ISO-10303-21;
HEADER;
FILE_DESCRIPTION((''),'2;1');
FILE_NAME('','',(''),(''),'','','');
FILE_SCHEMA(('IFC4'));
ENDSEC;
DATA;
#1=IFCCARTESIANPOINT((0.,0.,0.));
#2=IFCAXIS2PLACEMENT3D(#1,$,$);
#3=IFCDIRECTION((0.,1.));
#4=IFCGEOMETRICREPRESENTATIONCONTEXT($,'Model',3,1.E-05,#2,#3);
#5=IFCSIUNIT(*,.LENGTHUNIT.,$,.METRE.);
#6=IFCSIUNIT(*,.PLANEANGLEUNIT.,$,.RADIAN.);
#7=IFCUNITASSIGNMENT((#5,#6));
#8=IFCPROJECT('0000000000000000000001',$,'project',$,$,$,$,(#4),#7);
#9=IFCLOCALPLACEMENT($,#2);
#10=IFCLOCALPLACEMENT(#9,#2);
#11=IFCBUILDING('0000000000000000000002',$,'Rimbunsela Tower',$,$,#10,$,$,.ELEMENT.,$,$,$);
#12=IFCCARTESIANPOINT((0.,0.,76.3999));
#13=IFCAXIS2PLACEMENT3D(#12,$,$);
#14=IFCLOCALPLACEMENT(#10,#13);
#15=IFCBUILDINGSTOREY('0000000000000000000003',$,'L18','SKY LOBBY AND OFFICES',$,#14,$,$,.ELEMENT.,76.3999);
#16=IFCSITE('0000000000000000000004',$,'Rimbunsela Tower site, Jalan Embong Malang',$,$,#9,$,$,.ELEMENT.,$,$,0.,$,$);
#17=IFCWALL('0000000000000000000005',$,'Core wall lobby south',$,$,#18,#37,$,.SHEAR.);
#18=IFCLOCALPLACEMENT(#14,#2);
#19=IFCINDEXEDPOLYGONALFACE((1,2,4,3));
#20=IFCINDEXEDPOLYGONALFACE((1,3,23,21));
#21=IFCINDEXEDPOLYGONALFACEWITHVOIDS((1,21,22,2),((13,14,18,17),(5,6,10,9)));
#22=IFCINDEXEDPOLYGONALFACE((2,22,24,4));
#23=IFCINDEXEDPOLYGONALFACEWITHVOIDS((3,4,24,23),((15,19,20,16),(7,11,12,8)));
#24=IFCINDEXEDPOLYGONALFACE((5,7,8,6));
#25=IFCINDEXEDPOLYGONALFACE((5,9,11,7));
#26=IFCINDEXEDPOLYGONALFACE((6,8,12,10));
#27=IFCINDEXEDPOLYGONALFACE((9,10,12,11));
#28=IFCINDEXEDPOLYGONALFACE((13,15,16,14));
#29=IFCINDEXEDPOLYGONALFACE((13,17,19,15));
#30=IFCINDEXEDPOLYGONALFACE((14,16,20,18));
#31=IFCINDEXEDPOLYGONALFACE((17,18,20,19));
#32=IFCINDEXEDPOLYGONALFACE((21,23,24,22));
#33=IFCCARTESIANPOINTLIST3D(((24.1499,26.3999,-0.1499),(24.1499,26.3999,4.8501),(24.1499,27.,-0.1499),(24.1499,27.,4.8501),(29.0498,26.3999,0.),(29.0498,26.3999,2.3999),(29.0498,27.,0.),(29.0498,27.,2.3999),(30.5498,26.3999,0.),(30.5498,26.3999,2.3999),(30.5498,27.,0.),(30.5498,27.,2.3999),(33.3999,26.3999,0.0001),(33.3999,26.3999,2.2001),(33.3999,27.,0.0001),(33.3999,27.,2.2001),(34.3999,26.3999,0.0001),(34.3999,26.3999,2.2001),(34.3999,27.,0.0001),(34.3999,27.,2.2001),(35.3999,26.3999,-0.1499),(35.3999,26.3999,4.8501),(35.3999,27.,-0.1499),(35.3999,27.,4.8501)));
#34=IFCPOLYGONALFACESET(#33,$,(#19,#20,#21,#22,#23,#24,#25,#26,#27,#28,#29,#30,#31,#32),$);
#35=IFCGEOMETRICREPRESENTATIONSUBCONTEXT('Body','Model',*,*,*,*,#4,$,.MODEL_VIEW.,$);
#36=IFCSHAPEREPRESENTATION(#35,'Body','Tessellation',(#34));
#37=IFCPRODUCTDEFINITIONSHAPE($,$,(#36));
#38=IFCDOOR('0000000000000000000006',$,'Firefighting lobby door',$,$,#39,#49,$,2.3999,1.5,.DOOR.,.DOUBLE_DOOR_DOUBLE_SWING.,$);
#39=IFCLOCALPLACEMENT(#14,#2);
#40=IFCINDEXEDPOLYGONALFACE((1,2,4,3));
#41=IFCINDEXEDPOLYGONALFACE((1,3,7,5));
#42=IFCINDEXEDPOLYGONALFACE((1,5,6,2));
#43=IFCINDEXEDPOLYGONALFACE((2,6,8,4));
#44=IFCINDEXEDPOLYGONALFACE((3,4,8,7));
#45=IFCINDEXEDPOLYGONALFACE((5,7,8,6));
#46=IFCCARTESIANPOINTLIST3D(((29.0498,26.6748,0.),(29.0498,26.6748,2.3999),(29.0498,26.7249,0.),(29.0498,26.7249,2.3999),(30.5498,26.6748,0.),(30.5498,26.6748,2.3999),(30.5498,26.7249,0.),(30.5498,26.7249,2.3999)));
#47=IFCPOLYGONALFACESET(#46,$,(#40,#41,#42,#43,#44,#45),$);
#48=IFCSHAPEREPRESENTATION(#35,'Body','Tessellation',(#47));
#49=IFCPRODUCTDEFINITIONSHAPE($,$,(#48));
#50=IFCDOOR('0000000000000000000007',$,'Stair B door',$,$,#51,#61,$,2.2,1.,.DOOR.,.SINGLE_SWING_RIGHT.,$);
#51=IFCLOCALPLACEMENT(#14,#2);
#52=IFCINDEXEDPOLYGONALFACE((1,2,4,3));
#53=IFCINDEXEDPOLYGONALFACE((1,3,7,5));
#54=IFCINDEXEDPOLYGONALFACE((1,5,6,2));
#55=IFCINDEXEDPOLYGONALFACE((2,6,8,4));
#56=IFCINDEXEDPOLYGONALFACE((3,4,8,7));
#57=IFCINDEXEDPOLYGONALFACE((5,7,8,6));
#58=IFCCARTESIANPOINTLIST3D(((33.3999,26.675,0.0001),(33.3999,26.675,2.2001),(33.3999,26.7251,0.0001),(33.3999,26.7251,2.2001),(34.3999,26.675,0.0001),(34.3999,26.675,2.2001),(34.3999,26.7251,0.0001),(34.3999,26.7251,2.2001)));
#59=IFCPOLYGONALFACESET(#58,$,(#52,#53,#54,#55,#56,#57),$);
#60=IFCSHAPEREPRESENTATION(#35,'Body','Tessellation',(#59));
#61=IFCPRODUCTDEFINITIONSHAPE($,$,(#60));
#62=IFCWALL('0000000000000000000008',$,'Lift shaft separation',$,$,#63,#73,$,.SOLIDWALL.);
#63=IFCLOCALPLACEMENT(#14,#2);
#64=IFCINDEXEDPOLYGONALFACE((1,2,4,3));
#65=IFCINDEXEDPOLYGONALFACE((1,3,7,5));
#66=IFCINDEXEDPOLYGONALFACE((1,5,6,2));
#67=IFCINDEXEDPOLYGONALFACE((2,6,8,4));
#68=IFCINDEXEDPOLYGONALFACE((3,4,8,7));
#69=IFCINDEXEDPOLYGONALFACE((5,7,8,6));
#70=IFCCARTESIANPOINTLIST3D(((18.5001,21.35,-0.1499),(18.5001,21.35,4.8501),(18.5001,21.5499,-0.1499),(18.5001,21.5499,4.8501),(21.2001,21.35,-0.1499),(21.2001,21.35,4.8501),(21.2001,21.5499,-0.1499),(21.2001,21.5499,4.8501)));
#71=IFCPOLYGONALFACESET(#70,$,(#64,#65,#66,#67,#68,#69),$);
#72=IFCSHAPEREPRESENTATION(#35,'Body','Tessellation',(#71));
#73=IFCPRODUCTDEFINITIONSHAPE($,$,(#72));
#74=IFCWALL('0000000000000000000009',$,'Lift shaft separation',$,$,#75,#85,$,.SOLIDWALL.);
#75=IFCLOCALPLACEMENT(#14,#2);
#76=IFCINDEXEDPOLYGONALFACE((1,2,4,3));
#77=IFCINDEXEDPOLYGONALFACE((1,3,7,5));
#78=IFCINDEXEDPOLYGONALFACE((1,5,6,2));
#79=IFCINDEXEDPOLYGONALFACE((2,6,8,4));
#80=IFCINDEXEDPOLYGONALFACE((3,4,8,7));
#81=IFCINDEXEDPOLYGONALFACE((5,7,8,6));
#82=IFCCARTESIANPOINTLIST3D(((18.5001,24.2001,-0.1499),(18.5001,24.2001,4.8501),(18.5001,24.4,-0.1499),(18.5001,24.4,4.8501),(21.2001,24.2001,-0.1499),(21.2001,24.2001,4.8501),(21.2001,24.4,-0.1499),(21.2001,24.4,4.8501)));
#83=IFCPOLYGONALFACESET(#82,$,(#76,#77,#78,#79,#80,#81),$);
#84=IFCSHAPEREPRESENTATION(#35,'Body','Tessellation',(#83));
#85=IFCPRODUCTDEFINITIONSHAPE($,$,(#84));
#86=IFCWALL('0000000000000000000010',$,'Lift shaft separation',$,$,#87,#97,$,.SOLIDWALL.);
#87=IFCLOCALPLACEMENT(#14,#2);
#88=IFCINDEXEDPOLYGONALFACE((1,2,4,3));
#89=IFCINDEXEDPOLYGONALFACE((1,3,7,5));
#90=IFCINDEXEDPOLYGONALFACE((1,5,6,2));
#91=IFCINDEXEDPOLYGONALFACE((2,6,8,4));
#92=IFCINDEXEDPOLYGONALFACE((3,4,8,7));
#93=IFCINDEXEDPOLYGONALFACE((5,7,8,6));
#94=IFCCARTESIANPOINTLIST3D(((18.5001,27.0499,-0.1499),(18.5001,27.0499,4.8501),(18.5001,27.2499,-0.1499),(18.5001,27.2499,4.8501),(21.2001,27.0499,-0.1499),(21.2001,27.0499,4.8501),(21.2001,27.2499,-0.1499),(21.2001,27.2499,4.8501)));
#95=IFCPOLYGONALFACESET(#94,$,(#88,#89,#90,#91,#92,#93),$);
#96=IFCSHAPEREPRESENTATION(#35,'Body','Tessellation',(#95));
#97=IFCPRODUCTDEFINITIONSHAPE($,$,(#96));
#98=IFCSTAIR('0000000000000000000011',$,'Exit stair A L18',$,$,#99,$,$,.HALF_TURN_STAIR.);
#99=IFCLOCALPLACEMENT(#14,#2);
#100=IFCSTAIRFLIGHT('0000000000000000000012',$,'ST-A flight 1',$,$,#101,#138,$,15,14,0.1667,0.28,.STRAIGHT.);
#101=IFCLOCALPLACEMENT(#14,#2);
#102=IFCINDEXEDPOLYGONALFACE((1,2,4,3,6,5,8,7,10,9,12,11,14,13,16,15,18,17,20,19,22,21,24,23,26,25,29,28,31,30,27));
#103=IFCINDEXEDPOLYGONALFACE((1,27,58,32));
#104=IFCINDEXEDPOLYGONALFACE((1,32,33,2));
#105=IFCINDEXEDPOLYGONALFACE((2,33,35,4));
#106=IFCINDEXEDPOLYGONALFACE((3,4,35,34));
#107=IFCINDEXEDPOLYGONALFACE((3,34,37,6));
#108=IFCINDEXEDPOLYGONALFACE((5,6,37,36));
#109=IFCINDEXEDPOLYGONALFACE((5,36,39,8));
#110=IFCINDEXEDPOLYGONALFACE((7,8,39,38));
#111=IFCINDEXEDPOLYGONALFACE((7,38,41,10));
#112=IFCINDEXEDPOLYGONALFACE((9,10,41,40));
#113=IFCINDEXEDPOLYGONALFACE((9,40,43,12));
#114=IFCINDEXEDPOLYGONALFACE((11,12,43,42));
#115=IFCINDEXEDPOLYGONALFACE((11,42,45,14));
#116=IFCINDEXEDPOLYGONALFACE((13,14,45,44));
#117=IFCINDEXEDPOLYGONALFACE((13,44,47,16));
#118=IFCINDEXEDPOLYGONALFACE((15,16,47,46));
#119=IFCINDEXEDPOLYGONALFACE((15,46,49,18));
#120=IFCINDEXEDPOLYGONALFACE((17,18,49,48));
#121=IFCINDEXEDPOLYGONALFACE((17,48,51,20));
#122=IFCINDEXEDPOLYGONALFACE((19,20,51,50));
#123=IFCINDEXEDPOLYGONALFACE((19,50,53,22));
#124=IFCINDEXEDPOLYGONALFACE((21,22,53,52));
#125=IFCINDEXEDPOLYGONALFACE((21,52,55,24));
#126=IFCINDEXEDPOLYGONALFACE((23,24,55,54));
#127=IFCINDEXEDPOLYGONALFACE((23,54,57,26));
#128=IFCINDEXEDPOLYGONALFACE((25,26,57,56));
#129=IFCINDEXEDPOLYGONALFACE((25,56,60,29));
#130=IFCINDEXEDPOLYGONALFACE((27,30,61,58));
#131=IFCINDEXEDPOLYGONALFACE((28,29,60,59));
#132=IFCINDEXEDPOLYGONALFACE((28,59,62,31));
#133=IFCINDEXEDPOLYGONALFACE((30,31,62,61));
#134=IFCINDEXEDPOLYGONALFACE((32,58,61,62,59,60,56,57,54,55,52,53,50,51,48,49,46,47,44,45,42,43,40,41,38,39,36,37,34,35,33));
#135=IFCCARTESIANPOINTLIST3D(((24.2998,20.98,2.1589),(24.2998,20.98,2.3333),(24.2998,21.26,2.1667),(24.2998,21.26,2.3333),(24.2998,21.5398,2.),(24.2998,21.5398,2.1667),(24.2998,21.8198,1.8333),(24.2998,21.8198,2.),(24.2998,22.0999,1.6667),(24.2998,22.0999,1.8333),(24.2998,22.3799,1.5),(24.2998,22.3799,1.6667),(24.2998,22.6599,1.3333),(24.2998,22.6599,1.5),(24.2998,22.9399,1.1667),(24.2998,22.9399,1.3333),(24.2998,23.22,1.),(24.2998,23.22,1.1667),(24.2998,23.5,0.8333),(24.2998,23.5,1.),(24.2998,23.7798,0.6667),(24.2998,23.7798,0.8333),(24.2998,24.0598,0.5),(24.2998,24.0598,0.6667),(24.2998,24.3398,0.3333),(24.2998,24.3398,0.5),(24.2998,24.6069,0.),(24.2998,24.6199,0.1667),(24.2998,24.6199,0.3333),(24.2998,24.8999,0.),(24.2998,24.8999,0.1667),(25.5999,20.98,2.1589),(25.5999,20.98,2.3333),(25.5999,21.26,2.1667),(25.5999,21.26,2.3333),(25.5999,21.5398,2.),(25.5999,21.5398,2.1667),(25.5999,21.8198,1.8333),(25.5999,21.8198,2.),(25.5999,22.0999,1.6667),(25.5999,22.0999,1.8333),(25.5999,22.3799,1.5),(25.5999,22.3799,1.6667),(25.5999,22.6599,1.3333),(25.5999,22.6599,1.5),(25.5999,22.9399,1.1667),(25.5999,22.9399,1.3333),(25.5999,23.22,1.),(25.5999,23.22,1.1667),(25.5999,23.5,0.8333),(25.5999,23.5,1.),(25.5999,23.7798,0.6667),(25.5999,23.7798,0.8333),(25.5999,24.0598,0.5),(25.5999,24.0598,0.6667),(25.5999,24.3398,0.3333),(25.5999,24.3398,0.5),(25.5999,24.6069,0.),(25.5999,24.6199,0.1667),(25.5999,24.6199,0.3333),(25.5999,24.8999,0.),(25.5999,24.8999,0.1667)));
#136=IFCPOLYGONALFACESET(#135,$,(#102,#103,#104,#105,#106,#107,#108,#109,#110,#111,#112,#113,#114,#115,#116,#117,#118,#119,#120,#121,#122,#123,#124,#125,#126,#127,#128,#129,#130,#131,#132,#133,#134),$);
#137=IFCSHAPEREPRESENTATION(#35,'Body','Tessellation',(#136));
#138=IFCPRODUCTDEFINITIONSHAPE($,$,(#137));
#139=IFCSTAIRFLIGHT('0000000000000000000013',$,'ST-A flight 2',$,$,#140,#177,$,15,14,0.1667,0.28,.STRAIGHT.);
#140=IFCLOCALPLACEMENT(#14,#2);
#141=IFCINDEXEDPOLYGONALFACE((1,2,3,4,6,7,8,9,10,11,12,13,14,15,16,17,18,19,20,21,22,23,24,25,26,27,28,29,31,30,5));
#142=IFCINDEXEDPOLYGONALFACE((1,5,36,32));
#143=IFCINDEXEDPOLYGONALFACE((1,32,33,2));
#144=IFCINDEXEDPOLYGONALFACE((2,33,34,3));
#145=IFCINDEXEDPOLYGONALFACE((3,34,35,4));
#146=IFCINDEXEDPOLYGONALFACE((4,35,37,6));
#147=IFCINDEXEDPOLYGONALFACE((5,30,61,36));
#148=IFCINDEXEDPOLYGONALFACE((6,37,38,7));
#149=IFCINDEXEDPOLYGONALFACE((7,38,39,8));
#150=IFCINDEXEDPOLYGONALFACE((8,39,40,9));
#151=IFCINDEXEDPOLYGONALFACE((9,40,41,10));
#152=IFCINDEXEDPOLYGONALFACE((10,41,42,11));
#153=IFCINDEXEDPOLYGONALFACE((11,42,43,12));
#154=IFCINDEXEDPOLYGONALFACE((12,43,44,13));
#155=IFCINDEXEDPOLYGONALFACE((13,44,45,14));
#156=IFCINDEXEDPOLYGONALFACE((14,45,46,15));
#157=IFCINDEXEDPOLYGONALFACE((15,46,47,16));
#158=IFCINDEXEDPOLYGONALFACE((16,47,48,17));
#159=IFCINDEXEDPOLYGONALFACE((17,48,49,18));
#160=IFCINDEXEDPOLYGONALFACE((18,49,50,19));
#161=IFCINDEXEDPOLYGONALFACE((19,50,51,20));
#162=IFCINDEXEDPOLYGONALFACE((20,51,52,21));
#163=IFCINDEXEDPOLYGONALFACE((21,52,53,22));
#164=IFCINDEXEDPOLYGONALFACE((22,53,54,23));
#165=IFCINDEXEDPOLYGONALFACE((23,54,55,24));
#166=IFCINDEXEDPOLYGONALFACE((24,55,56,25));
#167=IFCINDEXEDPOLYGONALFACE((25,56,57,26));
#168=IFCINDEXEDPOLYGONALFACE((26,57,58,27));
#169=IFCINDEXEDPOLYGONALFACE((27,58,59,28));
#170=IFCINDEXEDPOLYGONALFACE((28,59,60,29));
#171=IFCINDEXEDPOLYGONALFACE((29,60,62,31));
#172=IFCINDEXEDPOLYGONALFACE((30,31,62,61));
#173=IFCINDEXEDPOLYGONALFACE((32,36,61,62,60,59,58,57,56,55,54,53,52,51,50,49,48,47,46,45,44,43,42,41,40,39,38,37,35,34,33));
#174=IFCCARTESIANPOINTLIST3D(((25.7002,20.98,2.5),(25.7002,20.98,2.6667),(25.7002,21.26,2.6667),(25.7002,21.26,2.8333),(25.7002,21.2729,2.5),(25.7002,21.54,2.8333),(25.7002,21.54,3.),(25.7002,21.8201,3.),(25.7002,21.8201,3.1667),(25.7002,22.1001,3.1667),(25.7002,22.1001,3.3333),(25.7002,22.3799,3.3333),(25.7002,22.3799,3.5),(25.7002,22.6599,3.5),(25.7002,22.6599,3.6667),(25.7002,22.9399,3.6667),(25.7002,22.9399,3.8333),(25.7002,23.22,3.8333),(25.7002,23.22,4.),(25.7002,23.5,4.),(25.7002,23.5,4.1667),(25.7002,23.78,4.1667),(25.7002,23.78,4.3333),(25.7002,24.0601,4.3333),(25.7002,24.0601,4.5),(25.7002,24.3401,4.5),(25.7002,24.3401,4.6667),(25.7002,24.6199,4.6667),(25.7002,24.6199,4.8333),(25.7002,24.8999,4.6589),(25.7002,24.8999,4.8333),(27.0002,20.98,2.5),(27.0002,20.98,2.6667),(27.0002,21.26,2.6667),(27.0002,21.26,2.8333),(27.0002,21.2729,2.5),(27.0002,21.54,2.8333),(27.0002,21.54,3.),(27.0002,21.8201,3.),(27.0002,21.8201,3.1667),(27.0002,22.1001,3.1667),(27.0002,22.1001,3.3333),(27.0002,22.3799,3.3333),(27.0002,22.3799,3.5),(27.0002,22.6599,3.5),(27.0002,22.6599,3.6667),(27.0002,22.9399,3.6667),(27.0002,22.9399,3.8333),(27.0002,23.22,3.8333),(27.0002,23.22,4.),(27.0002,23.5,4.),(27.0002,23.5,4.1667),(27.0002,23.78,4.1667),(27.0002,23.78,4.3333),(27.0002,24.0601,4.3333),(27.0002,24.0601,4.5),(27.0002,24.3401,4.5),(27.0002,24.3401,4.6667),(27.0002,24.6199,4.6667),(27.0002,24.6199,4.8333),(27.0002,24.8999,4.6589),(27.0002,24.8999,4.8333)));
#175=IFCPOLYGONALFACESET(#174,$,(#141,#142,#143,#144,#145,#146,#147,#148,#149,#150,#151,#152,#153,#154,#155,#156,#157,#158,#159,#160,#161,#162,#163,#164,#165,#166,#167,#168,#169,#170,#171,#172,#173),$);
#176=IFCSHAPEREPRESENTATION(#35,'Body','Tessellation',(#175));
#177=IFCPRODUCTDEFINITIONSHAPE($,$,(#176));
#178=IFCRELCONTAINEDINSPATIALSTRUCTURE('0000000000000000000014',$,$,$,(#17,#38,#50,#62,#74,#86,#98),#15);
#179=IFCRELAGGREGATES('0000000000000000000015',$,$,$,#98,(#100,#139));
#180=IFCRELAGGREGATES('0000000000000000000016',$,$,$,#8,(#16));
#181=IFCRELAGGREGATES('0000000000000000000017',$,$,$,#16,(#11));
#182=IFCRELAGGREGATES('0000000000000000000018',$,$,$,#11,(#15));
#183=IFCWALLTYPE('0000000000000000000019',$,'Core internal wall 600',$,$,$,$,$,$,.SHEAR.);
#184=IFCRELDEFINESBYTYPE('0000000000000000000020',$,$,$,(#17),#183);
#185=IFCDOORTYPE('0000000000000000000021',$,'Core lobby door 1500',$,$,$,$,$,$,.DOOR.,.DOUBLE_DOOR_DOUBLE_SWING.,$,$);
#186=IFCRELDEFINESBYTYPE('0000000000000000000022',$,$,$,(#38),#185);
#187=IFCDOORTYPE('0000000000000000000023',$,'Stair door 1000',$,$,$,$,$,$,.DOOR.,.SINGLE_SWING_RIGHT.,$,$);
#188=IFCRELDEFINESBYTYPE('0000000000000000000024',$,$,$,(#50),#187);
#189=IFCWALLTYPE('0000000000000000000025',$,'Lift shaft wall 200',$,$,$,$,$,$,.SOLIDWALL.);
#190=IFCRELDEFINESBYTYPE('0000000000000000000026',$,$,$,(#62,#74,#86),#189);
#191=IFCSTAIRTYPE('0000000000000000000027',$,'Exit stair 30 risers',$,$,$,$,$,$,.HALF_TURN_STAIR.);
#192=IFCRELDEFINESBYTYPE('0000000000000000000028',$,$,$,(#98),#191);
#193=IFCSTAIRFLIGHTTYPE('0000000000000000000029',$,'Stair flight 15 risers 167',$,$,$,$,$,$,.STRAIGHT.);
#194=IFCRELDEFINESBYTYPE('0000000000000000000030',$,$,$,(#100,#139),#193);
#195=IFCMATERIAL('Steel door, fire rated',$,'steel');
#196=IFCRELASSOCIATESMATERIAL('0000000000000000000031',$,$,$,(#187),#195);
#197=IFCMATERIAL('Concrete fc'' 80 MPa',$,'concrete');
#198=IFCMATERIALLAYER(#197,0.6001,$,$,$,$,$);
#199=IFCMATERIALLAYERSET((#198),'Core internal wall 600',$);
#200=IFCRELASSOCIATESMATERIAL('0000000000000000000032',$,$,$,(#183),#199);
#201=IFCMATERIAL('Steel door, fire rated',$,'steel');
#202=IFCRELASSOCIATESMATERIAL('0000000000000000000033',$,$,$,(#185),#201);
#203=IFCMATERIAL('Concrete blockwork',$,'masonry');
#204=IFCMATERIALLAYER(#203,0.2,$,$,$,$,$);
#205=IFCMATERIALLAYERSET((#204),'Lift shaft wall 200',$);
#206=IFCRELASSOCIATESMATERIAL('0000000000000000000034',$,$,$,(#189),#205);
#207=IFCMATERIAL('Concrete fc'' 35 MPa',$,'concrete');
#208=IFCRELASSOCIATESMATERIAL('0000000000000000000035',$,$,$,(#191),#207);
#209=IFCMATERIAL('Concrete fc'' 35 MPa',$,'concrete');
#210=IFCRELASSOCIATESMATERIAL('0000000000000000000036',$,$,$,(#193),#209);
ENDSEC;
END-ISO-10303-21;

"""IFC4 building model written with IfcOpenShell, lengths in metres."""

from ifc_helpers import new_model, si_unit, direction, frame, frame_2d, origin, place, context, subcontext, project, spatial, polyline, rectangle, outline, extrude, material, layer, layer_set, type_object, element, fill, aggregate, save


model = new_model("IFC4")

# Units and contexts
model_context = context("Model", 3, precision=1e-05, world=origin(), true_north=direction((0.0, 1.0)))
body_context = subcontext(model_context, "Body", "Model", "MODEL_VIEW")
ifc_project = project(units=[si_unit("LENGTHUNIT", "METRE"), si_unit("PLANEANGLEUNIT", "RADIAN")], contexts=[model_context])

# Site, building, storey
site_placement = place(None, origin())
site = spatial("IfcSite", under=ifc_project, at=site_placement, Name="Rimbunsela Tower site, Jalan Embong Malang", CompositionType="ELEMENT", RefElevation=0.0)
building_placement = place(site_placement, origin())
building = spatial("IfcBuilding", under=site, at=building_placement, Name="Rimbunsela Tower", CompositionType="ELEMENT")
storey_placement = place(building_placement, frame((0.0, 0.0, 76.3999)))
storey = spatial("IfcBuildingStorey", under=building, at=storey_placement, Name="L18", Description="SKY LOBBY AND OFFICES", CompositionType="ELEMENT", Elevation=76.3999)

# Shared definitions
ifc_material_1 = material(Name="Steel door, fire rated", Category="steel")
door_type_1 = type_object("IfcDoorType", Name="Stair door 1000", OperationType="SINGLE_SWING_RIGHT", PredefinedType="DOOR", material=ifc_material_1)

# Wall, openings, doors
ifc_material_2 = material(Name="Concrete fc' 80 MPa", Category="concrete")
ifc_layer_1 = layer(ifc_material_2, 0.6001)
ifc_layer_set_1 = layer_set([ifc_layer_1], Name="Core internal wall 600")
wall_type_1 = type_object("IfcWallType", Name="Core internal wall 600", PredefinedType="SHEAR", material=ifc_layer_set_1)
wall_1_placement = place(storey_placement, frame((24.1499, 26.7, -0.1499), z_axis=(0.0, 0.0, 1.0), x_axis=(1.0, 0.0, 0.0)))
wall_1 = element("IfcWall", 1, at=wall_1_placement, inside=storey, type_object=wall_type_1, Name="Core wall lobby south", PredefinedType="SHEAR", context=body_context, shape_type="SweptSolid", body=[
    extrude(rectangle(XDim=11.25, YDim=0.6001, at=frame_2d((5.625, 0.0))), origin(), (0.0, 0.0, 1.0), 5.0),
])
opening_1_placement = place(wall_1_placement, frame((9.25, 0.0, 0.1499)))
opening_1 = element("IfcOpeningElement", 2, at=opening_1_placement, cuts=wall_1, PredefinedType="OPENING", context=body_context, shape_type="SweptSolid", body=[
    extrude(rectangle(XDim=1.0, YDim=2.2, at=frame_2d((0.5, 1.1001))), frame((0.0, 0.3101, 0.0), z_axis=(0.0, -1.0, 0.0), x_axis=(1.0, 0.0, 0.0)), (0.0, 0.0, 1.0), 0.6201),
])
opening_2_placement = place(wall_1_placement, frame((4.8999, 0.0, 0.1499)))
opening_2 = element("IfcOpeningElement", 3, at=opening_2_placement, cuts=wall_1, PredefinedType="OPENING", context=body_context, shape_type="SweptSolid", body=[
    extrude(rectangle(XDim=1.5, YDim=2.3999, at=frame_2d((0.75, 1.2))), frame((0.0, 0.3101, 0.0), z_axis=(0.0, -1.0, 0.0), x_axis=(1.0, 0.0, 0.0)), (0.0, 0.0, 1.0), 0.6201),
])
ifc_material_3 = material(Name="Steel door, fire rated", Category="steel")
door_type_2 = type_object("IfcDoorType", Name="Core lobby door 1500", OperationType="DOUBLE_DOOR_DOUBLE_SWING", PredefinedType="DOOR", material=ifc_material_3)
door_1_placement = place(opening_2_placement, origin())
door_1 = element("IfcDoor", 4, at=door_1_placement, inside=storey, type_object=door_type_2, Name="Firefighting lobby door", OperationType="DOUBLE_DOOR_DOUBLE_SWING", OverallHeight=2.3999, OverallWidth=1.5, PredefinedType="DOOR", context=body_context, shape_type="SweptSolid", body=[
    extrude(rectangle(XDim=1.5, YDim=2.3999, at=frame_2d((0.75, 1.2))), frame((0.0, 0.0249, 0.0), z_axis=(0.0, -1.0, 0.0), x_axis=(1.0, 0.0, 0.0)), (0.0, 0.0, 1.0), 0.05),
])
fill(opening_2, door_1)
door_2_placement = place(opening_1_placement, frame((1.0, 0.0, 0.0), z_axis=(0.0, 0.0, 1.0), x_axis=(-1.0, 0.0, 0.0)))
door_2 = element("IfcDoor", 5, at=door_2_placement, inside=storey, type_object=door_type_1, Name="Stair B door", OperationType="SINGLE_SWING_RIGHT", OverallHeight=2.2, OverallWidth=1.0, PredefinedType="DOOR", context=body_context, shape_type="SweptSolid", body=[
    extrude(rectangle(XDim=1.0, YDim=2.2, at=frame_2d((0.5, 1.1001))), frame((0.0, 0.0249, 0.0), z_axis=(0.0, -1.0, 0.0), x_axis=(1.0, 0.0, 0.0)), (0.0, 0.0, 1.0), 0.05),
])
fill(opening_1, door_2)

# Walls
ifc_material_4 = material(Name="Concrete blockwork", Category="masonry")
ifc_layer_2 = layer(ifc_material_4, 0.2)
ifc_layer_set_2 = layer_set([ifc_layer_2], Name="Lift shaft wall 200")
wall_type_2 = type_object("IfcWallType", Name="Lift shaft wall 200", PredefinedType="SOLIDWALL", material=ifc_layer_set_2)
for number, where, z_axis, x_axis, name in (
    (6, (18.5, 21.45, -0.1499), (0.0, 0.0, 1.0), (1.0, 0.0, 0.0), "Lift shaft separation"),
    (7, (18.5, 24.3, -0.1499), (0.0, 0.0, 1.0), (1.0, 0.0, 0.0), "Lift shaft separation"),
    (8, (18.5, 27.1499, -0.1499), (0.0, 0.0, 1.0), (1.0, 0.0, 0.0), "Lift shaft separation"),
):
    element("IfcWall", number, at=place(storey_placement, frame(where, z_axis=z_axis, x_axis=x_axis)), inside=storey, type_object=wall_type_2, Name=name, PredefinedType="SOLIDWALL", context=body_context, shape_type="SweptSolid", body=[
        extrude(rectangle(XDim=2.7, YDim=0.2, at=frame_2d((1.3501, 0.0))), origin(), (0.0, 0.0, 1.0), 5.0),
    ])

# Stair, stair flights
ifc_material_5 = material(Name="Concrete fc' 35 MPa", Category="concrete")
stair_type = type_object("IfcStairType", Name="Exit stair 30 risers", PredefinedType="HALF_TURN_STAIR", material=ifc_material_5)
stair_placement = place(storey_placement, origin())
stair = element("IfcStair", 9, at=stair_placement, inside=storey, type_object=stair_type, Name="Exit stair A L18", PredefinedType="HALF_TURN_STAIR")
ifc_material_6 = material(Name="Concrete fc' 35 MPa", Category="concrete")
stair_flight_type = type_object("IfcStairFlightType", Name="Stair flight 15 risers 167", PredefinedType="STRAIGHT", material=ifc_material_6)
stair_flight_1_placement = place(storey_placement, frame((24.95, 24.8999, 0.0), z_axis=(0.0, 0.0, 1.0), x_axis=(0.0, -1.0, 0.0)))
stair_flight_1 = element("IfcStairFlight", 10, at=stair_flight_1_placement, type_object=stair_flight_type, Name="ST-A flight 1", NumberOfRisers=15, NumberOfTreads=14, PredefinedType="STRAIGHT", RiserHeight=0.1667, TreadLength=0.28, context=body_context, shape_type="SweptSolid", body=[
    extrude(outline(polyline([(0.0, 0.0), (0.0, 0.1667), (0.28, 0.1667), (0.28, 0.3333), (0.5601, 0.3333), (0.5601, 0.5), (0.8401, 0.5), (0.8401, 0.6667), (1.1201, 0.6667), (1.1201, 0.8333), (1.3999, 0.8333), (1.3999, 1.0), (1.6799, 1.0), (1.6799, 1.1667), (1.96, 1.1667), (1.96, 1.3333), (2.24, 1.3333), (2.24, 1.5), (2.52, 1.5), (2.52, 1.6667), (2.8, 1.6667), (2.8, 1.8333), (3.0801, 1.8333), (3.0801, 2.0), (3.3601, 2.0), (3.3601, 2.1667), (3.6399, 2.1667), (3.6399, 2.3333), (3.9199, 2.3333), (3.9199, 2.5), (3.9199, 2.1589), (0.293, 0.0), (0.0, 0.0)])), frame((0.0, 0.6499, 0.0), z_axis=(0.0, -1.0, 0.0), x_axis=(1.0, 0.0, 0.0)), (0.0, 0.0, 1.0), 1.3),
])
stair_flight_2_placement = place(storey_placement, frame((26.3501, 20.98, 2.5), z_axis=(0.0, 0.0, 1.0), x_axis=(0.0, 1.0, 0.0)))
stair_flight_2 = element("IfcStairFlight", 11, at=stair_flight_2_placement, type_object=stair_flight_type, Name="ST-A flight 2", NumberOfRisers=15, NumberOfTreads=14, PredefinedType="STRAIGHT", RiserHeight=0.1667, TreadLength=0.28, context=body_context, shape_type="SweptSolid", body=[
    extrude(outline(polyline([(0.0, 0.0), (0.0, 0.1667), (0.28, 0.1667), (0.28, 0.3333), (0.5601, 0.3333), (0.5601, 0.5), (0.8401, 0.5), (0.8401, 0.6667), (1.1201, 0.6667), (1.1201, 0.8333), (1.3999, 0.8333), (1.3999, 1.0), (1.6799, 1.0), (1.6799, 1.1667), (1.96, 1.1667), (1.96, 1.3333), (2.24, 1.3333), (2.24, 1.5), (2.52, 1.5), (2.52, 1.6667), (2.8, 1.6667), (2.8, 1.8333), (3.0801, 1.8333), (3.0801, 2.0), (3.3601, 2.0), (3.3601, 2.1667), (3.6399, 2.1667), (3.6399, 2.3333), (3.9199, 2.3333), (3.9199, 2.5), (3.9199, 2.1589), (0.293, 0.0), (0.0, 0.0)])), frame((0.0, 0.6499, 0.0), z_axis=(0.0, -1.0, 0.0), x_axis=(1.0, 0.0, 0.0)), (0.0, 0.0, 1.0), 1.3),
])
aggregate(stair, [stair_flight_1, stair_flight_2])

save(model, "model.ifc")
